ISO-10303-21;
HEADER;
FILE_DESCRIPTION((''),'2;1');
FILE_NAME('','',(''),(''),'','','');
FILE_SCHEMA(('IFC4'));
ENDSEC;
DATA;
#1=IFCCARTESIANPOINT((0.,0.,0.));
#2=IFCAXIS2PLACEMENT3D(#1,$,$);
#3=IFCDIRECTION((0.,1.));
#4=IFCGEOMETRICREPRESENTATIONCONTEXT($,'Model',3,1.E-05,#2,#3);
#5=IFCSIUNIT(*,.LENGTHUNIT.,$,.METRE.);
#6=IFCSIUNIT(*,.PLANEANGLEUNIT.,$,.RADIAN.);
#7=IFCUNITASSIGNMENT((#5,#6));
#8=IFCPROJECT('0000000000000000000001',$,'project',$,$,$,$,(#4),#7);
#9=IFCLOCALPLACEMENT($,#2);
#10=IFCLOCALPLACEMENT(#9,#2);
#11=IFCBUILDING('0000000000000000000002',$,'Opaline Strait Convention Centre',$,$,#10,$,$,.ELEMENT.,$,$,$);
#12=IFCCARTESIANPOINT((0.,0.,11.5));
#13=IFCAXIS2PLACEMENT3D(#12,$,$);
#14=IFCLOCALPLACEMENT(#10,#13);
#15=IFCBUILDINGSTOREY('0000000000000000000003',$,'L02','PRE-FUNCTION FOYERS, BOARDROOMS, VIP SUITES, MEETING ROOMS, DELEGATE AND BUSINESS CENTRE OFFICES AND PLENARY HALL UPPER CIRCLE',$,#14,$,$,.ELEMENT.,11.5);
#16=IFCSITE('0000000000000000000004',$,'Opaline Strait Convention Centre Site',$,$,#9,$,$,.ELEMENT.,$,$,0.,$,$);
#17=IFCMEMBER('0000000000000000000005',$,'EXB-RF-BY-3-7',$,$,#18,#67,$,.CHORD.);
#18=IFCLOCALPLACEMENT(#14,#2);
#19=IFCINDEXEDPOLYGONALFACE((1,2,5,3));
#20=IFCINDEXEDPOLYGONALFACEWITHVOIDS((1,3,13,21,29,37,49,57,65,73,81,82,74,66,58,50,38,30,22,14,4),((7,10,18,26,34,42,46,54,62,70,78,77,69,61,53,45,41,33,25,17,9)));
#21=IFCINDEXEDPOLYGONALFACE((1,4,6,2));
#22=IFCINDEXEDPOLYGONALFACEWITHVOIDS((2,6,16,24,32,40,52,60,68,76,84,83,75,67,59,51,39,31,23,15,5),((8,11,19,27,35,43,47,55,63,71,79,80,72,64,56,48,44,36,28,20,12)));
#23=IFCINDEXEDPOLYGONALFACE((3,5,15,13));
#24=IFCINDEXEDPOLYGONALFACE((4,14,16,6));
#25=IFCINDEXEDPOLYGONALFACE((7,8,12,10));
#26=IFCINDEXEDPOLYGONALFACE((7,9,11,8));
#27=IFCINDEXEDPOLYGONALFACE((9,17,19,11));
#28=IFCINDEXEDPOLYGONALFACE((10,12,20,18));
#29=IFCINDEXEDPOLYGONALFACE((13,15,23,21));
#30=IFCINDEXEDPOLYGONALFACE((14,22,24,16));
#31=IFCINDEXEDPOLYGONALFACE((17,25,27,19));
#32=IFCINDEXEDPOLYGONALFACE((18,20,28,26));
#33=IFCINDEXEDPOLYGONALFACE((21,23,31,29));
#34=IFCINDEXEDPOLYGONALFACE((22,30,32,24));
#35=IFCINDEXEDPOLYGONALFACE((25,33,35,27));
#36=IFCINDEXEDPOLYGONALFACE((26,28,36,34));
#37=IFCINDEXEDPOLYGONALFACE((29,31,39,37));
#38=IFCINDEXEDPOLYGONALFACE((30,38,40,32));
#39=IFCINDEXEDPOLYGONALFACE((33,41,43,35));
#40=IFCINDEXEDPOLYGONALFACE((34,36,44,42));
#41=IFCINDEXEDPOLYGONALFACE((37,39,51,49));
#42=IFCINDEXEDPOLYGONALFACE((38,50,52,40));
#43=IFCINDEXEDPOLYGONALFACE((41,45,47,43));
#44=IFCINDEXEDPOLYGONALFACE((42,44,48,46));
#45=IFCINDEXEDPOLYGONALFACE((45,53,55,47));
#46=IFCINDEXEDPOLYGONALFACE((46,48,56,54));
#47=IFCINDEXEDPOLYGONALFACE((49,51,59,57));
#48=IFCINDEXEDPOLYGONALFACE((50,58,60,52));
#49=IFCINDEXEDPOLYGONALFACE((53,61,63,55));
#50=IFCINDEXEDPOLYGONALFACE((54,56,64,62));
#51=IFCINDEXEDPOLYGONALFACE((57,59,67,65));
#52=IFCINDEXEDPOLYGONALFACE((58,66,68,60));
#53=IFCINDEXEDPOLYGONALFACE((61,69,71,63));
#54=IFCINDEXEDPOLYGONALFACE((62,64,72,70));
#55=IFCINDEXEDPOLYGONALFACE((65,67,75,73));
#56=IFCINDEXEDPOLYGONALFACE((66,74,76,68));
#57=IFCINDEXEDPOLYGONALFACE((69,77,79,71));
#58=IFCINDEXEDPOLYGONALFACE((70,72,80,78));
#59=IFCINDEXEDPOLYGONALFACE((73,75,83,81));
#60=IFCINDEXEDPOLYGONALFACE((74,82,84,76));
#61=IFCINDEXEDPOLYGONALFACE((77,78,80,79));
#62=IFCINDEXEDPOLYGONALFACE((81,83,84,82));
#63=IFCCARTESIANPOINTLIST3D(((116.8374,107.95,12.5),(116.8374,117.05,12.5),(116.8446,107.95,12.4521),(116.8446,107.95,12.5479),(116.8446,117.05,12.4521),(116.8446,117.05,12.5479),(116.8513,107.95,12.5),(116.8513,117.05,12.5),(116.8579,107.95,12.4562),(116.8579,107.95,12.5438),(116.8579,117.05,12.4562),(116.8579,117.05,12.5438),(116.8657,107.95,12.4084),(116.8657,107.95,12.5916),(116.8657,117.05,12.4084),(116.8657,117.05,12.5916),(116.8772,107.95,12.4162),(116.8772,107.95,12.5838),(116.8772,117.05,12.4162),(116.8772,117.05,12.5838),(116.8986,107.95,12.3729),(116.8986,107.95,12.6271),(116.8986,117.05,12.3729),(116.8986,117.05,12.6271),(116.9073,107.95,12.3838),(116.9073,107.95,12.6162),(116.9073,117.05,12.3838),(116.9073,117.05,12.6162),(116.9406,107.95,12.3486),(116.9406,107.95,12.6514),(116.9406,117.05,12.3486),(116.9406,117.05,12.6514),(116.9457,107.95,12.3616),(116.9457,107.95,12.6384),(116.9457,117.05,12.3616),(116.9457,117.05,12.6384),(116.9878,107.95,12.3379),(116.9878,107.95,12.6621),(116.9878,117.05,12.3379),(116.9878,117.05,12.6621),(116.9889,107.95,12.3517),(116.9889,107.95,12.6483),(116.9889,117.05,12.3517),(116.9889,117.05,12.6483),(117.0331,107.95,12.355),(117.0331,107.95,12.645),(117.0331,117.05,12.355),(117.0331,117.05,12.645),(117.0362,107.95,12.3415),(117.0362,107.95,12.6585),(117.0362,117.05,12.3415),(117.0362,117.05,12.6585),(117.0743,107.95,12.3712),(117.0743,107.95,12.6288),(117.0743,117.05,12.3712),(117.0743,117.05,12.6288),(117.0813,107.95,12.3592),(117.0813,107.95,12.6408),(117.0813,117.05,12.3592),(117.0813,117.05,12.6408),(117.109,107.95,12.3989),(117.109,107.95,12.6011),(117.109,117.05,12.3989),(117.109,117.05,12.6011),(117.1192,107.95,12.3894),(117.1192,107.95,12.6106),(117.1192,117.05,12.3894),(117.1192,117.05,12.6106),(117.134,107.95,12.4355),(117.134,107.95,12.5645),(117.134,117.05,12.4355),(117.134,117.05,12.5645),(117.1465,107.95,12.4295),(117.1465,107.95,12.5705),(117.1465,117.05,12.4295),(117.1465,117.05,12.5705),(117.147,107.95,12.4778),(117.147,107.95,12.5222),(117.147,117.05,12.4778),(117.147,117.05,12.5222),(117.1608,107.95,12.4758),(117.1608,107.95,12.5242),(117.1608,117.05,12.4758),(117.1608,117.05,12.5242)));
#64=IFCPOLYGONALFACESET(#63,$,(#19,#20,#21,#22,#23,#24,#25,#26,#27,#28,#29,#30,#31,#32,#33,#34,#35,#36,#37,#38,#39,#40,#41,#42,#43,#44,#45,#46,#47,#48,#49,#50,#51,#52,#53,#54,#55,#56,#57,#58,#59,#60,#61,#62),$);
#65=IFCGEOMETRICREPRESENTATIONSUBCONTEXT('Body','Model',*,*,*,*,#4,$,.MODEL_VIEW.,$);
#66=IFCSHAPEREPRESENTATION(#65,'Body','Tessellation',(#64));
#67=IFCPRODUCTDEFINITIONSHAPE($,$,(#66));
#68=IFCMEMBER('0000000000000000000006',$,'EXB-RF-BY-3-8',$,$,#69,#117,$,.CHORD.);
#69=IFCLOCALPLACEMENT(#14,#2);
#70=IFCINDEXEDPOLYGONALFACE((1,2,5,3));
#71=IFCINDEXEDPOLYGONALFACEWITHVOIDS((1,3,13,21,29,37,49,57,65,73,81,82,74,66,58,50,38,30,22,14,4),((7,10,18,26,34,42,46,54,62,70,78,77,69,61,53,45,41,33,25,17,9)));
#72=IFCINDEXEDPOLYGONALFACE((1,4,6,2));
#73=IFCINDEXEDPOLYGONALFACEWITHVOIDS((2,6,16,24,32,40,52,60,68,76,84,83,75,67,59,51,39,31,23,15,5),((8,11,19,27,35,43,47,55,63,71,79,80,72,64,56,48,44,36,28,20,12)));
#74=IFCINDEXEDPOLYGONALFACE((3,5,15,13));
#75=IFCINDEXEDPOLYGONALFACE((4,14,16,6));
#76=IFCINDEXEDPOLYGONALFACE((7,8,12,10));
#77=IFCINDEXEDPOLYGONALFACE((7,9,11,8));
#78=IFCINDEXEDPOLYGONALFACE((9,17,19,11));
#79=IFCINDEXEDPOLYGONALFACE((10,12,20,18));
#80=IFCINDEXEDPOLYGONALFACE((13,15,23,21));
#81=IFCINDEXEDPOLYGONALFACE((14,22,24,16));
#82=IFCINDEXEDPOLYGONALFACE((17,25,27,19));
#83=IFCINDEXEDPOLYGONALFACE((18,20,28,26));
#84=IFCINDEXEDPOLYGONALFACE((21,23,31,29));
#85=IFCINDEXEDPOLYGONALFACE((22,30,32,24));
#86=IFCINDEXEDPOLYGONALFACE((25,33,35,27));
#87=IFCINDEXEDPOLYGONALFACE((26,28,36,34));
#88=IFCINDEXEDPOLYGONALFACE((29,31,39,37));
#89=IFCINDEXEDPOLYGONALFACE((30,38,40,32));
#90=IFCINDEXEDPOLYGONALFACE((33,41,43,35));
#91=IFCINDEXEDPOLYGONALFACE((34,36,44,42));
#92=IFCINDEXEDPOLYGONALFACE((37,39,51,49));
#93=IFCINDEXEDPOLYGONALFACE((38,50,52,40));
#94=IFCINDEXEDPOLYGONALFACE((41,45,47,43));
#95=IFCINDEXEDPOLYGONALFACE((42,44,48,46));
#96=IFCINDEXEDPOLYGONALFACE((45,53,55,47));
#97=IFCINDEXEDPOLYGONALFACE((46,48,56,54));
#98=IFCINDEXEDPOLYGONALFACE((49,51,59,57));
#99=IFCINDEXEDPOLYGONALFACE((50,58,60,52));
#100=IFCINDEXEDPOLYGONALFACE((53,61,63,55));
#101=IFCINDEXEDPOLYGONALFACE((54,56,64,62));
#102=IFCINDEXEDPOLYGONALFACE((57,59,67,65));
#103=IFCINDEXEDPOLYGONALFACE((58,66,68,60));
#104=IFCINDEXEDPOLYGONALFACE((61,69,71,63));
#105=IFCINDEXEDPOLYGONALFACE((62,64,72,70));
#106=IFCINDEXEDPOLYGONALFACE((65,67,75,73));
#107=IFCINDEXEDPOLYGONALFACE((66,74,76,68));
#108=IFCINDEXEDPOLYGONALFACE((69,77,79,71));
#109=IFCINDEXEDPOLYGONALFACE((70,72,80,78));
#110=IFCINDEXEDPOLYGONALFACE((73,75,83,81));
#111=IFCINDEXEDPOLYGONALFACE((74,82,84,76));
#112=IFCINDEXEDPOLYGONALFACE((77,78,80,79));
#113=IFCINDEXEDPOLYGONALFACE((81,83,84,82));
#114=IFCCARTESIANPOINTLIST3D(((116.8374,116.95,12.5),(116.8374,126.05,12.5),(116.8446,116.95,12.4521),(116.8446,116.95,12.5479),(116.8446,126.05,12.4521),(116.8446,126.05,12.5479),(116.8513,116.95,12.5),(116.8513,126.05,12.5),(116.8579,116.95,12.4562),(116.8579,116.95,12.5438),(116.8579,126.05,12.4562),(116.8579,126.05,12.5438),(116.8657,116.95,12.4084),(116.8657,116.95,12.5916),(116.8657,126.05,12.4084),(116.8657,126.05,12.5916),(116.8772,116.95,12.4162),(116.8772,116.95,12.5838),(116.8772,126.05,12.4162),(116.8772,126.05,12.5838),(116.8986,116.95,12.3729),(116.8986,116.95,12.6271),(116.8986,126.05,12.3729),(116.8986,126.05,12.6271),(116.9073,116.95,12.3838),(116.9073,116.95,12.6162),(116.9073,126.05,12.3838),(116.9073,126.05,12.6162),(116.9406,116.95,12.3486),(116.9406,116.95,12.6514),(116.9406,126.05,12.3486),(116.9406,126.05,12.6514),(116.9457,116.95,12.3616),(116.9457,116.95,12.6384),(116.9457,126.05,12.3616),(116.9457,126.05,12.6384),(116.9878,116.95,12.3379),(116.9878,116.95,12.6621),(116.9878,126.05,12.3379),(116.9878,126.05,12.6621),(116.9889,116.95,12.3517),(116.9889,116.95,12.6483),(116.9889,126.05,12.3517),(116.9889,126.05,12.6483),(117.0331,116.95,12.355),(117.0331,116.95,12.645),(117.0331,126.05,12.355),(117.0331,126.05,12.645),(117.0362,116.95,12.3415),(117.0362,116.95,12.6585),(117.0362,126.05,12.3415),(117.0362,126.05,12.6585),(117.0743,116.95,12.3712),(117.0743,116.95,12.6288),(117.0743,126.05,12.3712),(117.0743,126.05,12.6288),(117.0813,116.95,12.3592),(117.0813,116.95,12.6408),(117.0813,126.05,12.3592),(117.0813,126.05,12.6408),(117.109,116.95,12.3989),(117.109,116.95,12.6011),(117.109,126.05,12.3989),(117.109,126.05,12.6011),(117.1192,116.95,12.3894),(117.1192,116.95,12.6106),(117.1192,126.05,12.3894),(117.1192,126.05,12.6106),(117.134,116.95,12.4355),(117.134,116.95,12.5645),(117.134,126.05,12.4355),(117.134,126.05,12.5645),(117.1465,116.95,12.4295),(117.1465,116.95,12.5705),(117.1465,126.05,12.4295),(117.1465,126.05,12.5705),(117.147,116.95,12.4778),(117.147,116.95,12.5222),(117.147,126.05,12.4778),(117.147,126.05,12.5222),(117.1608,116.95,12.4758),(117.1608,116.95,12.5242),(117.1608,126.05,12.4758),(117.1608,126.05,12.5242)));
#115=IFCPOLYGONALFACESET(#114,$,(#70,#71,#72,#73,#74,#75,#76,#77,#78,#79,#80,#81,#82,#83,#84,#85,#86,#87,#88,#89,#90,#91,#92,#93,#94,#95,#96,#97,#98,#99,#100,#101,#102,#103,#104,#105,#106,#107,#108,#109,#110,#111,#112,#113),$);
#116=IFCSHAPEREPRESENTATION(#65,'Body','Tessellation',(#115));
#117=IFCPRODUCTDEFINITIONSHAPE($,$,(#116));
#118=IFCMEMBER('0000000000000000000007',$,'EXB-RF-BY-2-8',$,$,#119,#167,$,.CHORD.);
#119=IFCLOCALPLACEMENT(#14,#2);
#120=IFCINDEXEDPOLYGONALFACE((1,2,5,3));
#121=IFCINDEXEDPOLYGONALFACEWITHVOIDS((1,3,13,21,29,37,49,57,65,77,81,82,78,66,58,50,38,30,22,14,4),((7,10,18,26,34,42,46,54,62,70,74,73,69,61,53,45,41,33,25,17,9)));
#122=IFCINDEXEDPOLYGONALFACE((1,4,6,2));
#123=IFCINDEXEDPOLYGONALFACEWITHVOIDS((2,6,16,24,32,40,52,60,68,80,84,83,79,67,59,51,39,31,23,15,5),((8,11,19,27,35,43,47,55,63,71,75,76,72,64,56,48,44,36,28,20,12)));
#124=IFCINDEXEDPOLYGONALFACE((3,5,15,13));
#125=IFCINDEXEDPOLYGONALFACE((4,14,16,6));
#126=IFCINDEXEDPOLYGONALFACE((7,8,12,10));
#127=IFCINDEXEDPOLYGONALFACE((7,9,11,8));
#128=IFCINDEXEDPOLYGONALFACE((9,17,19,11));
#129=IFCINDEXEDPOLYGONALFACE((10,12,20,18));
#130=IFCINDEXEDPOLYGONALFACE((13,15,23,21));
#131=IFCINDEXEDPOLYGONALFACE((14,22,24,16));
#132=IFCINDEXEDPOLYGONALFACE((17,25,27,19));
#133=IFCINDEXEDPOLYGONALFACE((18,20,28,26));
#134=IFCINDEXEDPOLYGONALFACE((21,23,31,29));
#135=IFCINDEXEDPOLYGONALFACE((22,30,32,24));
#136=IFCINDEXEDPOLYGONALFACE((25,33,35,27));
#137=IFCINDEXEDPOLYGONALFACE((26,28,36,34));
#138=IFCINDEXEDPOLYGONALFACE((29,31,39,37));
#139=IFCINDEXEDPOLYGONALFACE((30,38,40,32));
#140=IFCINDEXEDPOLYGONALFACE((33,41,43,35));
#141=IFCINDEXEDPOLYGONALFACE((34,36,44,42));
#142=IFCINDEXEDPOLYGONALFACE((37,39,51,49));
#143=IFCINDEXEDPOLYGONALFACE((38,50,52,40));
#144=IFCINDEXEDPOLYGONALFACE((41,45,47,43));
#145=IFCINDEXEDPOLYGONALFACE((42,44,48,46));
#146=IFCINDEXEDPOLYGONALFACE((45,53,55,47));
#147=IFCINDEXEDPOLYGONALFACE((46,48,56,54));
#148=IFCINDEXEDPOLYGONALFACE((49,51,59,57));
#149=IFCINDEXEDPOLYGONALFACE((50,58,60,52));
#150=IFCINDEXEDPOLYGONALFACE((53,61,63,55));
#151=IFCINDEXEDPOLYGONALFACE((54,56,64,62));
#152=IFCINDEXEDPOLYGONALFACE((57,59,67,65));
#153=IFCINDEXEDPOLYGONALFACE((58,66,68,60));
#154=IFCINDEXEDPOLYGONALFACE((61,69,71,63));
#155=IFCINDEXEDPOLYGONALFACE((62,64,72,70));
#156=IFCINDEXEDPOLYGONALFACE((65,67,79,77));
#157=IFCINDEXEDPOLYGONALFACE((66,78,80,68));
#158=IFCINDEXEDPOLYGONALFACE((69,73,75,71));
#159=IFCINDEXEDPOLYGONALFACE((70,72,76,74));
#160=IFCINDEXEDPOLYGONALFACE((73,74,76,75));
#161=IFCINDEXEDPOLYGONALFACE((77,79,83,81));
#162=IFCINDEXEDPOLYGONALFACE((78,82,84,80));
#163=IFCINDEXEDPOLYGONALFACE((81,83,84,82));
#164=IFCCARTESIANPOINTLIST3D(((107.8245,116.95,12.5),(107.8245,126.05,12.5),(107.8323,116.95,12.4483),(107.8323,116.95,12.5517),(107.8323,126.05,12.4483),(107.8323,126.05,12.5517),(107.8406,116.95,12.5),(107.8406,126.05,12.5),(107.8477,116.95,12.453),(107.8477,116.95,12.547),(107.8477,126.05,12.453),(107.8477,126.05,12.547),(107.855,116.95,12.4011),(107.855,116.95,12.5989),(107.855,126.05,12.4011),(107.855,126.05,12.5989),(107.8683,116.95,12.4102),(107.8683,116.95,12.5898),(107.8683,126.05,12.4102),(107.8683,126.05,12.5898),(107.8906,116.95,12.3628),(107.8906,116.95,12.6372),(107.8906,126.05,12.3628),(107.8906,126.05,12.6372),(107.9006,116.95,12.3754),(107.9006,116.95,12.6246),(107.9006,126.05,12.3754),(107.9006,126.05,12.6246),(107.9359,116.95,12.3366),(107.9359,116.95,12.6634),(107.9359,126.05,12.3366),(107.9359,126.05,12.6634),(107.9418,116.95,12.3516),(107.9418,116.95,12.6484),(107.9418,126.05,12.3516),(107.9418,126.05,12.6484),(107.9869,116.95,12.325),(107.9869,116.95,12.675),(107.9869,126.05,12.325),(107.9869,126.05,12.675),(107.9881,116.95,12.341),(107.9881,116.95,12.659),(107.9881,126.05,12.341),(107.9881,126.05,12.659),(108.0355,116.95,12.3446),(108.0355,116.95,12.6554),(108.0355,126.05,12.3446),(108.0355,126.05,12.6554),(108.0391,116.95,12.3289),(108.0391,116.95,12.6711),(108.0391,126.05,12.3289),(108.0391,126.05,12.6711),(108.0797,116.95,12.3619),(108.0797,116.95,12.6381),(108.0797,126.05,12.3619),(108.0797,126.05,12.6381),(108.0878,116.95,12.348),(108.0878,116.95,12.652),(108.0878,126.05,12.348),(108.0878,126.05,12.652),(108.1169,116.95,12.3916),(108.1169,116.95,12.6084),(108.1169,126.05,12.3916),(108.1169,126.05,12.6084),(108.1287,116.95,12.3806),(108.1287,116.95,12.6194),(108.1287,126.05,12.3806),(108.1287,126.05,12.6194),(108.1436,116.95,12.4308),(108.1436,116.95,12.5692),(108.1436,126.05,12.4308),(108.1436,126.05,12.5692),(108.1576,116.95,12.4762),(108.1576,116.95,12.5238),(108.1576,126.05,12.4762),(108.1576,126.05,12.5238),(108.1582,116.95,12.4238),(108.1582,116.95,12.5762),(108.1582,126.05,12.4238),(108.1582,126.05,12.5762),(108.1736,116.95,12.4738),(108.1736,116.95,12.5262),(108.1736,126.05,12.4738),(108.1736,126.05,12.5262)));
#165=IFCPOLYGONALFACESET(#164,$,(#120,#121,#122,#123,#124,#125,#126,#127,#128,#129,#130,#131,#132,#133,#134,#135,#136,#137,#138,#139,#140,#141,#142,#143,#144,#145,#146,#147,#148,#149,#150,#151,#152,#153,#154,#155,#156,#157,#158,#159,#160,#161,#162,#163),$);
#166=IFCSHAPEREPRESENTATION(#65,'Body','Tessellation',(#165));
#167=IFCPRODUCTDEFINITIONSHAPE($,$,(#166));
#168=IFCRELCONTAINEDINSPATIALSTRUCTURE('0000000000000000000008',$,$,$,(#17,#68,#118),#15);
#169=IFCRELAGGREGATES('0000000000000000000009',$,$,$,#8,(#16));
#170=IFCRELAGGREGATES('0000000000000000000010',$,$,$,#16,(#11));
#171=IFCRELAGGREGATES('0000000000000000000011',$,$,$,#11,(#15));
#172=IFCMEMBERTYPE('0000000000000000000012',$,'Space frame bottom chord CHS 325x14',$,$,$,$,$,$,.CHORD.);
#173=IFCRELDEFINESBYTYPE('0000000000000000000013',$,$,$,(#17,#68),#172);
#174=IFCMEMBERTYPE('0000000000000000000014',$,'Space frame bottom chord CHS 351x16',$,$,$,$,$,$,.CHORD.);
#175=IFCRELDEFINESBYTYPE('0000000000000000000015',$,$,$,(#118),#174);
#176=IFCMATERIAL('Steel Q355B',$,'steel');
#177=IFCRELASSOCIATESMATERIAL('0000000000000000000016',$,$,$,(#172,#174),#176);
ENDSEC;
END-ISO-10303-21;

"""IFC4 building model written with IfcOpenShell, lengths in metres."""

from ifc_helpers import new_model, si_unit, direction, frame, origin, origin_2d, place, context, subcontext, project, spatial, hollow_circle, extrude, material, material_profile, profile_set, type_object, element, save


model = new_model("IFC4")

# Units and contexts
model_context = context("Model", 3, precision=1e-05, world=origin(), true_north=direction((0.0, 1.0)))
body_context = subcontext(model_context, "Body", "Model", "MODEL_VIEW")
ifc_project = project(units=[si_unit("LENGTHUNIT", "METRE"), si_unit("PLANEANGLEUNIT", "RADIAN")], contexts=[model_context])

# Site, building, storey
site_placement = place(None, origin())
site = spatial("IfcSite", under=ifc_project, at=site_placement, Name="Opaline Strait Convention Centre Site", CompositionType="ELEMENT", RefElevation=0.0)
building_placement = place(site_placement, origin())
building = spatial("IfcBuilding", under=site, at=building_placement, Name="Opaline Strait Convention Centre", CompositionType="ELEMENT")
storey_placement = place(building_placement, frame((0.0, 0.0, 11.5)))
storey = spatial("IfcBuildingStorey", under=building, at=storey_placement, Name="L02", Description="PRE-FUNCTION FOYERS, BOARDROOMS, VIP SUITES, MEETING ROOMS, DELEGATE AND BUSINESS CENTRE OFFICES AND PLENARY HALL UPPER CIRCLE", CompositionType="ELEMENT", Elevation=11.5)

# Members
ifc_material = material(Name="Steel Q355B", Category="steel")
ifc_material_profile_1 = material_profile(ifc_material, hollow_circle(Radius=0.1626, WallThickness=0.0139, at=origin_2d()), Name="CHS 325x14")
ifc_profile_set_1 = profile_set([ifc_material_profile_1], Name="Steel Q355B")
member_type_1 = type_object("IfcMemberType", Name="Space frame bottom chord CHS 325x14", PredefinedType="CHORD", material=ifc_profile_set_1)
for number, where, z_axis, x_axis, name in (
    (1, (117.0, 107.95, 12.5), (0.0, 1.0, 0.0), (-1.0, 0.0, 0.0), "EXB-RF-BY-3-7"),
    (2, (117.0, 116.95, 12.5), (0.0, 1.0, 0.0), (-1.0, 0.0, 0.0), "EXB-RF-BY-3-8"),
):
    element("IfcMember", number, at=place(storey_placement, frame(where, z_axis=z_axis, x_axis=x_axis)), inside=storey, type_object=member_type_1, Name=name, PredefinedType="CHORD", context=body_context, shape_type="SweptSolid", body=[
        extrude(hollow_circle(Radius=0.1626, WallThickness=0.0139, at=origin_2d()), origin(), (0.0, 0.0, 1.0), 9.1001),
    ])
ifc_material_profile_2 = material_profile(ifc_material, hollow_circle(Radius=0.1755, WallThickness=0.0161, at=origin_2d()), Name="CHS 351x16")
ifc_profile_set_2 = profile_set([ifc_material_profile_2], Name="Steel Q355B")
member_type_2 = type_object("IfcMemberType", Name="Space frame bottom chord CHS 351x16", PredefinedType="CHORD", material=ifc_profile_set_2)
member_placement = place(storey_placement, frame((108.0, 116.95, 12.5), z_axis=(0.0, 1.0, 0.0), x_axis=(-1.0, 0.0, 0.0)))
element("IfcMember", 3, at=member_placement, inside=storey, type_object=member_type_2, Name="EXB-RF-BY-2-8", PredefinedType="CHORD", context=body_context, shape_type="SweptSolid", body=[
    extrude(hollow_circle(Radius=0.1755, WallThickness=0.0161, at=origin_2d()), origin(), (0.0, 0.0, 1.0), 9.1001),
])

save(model, "model.ifc")
